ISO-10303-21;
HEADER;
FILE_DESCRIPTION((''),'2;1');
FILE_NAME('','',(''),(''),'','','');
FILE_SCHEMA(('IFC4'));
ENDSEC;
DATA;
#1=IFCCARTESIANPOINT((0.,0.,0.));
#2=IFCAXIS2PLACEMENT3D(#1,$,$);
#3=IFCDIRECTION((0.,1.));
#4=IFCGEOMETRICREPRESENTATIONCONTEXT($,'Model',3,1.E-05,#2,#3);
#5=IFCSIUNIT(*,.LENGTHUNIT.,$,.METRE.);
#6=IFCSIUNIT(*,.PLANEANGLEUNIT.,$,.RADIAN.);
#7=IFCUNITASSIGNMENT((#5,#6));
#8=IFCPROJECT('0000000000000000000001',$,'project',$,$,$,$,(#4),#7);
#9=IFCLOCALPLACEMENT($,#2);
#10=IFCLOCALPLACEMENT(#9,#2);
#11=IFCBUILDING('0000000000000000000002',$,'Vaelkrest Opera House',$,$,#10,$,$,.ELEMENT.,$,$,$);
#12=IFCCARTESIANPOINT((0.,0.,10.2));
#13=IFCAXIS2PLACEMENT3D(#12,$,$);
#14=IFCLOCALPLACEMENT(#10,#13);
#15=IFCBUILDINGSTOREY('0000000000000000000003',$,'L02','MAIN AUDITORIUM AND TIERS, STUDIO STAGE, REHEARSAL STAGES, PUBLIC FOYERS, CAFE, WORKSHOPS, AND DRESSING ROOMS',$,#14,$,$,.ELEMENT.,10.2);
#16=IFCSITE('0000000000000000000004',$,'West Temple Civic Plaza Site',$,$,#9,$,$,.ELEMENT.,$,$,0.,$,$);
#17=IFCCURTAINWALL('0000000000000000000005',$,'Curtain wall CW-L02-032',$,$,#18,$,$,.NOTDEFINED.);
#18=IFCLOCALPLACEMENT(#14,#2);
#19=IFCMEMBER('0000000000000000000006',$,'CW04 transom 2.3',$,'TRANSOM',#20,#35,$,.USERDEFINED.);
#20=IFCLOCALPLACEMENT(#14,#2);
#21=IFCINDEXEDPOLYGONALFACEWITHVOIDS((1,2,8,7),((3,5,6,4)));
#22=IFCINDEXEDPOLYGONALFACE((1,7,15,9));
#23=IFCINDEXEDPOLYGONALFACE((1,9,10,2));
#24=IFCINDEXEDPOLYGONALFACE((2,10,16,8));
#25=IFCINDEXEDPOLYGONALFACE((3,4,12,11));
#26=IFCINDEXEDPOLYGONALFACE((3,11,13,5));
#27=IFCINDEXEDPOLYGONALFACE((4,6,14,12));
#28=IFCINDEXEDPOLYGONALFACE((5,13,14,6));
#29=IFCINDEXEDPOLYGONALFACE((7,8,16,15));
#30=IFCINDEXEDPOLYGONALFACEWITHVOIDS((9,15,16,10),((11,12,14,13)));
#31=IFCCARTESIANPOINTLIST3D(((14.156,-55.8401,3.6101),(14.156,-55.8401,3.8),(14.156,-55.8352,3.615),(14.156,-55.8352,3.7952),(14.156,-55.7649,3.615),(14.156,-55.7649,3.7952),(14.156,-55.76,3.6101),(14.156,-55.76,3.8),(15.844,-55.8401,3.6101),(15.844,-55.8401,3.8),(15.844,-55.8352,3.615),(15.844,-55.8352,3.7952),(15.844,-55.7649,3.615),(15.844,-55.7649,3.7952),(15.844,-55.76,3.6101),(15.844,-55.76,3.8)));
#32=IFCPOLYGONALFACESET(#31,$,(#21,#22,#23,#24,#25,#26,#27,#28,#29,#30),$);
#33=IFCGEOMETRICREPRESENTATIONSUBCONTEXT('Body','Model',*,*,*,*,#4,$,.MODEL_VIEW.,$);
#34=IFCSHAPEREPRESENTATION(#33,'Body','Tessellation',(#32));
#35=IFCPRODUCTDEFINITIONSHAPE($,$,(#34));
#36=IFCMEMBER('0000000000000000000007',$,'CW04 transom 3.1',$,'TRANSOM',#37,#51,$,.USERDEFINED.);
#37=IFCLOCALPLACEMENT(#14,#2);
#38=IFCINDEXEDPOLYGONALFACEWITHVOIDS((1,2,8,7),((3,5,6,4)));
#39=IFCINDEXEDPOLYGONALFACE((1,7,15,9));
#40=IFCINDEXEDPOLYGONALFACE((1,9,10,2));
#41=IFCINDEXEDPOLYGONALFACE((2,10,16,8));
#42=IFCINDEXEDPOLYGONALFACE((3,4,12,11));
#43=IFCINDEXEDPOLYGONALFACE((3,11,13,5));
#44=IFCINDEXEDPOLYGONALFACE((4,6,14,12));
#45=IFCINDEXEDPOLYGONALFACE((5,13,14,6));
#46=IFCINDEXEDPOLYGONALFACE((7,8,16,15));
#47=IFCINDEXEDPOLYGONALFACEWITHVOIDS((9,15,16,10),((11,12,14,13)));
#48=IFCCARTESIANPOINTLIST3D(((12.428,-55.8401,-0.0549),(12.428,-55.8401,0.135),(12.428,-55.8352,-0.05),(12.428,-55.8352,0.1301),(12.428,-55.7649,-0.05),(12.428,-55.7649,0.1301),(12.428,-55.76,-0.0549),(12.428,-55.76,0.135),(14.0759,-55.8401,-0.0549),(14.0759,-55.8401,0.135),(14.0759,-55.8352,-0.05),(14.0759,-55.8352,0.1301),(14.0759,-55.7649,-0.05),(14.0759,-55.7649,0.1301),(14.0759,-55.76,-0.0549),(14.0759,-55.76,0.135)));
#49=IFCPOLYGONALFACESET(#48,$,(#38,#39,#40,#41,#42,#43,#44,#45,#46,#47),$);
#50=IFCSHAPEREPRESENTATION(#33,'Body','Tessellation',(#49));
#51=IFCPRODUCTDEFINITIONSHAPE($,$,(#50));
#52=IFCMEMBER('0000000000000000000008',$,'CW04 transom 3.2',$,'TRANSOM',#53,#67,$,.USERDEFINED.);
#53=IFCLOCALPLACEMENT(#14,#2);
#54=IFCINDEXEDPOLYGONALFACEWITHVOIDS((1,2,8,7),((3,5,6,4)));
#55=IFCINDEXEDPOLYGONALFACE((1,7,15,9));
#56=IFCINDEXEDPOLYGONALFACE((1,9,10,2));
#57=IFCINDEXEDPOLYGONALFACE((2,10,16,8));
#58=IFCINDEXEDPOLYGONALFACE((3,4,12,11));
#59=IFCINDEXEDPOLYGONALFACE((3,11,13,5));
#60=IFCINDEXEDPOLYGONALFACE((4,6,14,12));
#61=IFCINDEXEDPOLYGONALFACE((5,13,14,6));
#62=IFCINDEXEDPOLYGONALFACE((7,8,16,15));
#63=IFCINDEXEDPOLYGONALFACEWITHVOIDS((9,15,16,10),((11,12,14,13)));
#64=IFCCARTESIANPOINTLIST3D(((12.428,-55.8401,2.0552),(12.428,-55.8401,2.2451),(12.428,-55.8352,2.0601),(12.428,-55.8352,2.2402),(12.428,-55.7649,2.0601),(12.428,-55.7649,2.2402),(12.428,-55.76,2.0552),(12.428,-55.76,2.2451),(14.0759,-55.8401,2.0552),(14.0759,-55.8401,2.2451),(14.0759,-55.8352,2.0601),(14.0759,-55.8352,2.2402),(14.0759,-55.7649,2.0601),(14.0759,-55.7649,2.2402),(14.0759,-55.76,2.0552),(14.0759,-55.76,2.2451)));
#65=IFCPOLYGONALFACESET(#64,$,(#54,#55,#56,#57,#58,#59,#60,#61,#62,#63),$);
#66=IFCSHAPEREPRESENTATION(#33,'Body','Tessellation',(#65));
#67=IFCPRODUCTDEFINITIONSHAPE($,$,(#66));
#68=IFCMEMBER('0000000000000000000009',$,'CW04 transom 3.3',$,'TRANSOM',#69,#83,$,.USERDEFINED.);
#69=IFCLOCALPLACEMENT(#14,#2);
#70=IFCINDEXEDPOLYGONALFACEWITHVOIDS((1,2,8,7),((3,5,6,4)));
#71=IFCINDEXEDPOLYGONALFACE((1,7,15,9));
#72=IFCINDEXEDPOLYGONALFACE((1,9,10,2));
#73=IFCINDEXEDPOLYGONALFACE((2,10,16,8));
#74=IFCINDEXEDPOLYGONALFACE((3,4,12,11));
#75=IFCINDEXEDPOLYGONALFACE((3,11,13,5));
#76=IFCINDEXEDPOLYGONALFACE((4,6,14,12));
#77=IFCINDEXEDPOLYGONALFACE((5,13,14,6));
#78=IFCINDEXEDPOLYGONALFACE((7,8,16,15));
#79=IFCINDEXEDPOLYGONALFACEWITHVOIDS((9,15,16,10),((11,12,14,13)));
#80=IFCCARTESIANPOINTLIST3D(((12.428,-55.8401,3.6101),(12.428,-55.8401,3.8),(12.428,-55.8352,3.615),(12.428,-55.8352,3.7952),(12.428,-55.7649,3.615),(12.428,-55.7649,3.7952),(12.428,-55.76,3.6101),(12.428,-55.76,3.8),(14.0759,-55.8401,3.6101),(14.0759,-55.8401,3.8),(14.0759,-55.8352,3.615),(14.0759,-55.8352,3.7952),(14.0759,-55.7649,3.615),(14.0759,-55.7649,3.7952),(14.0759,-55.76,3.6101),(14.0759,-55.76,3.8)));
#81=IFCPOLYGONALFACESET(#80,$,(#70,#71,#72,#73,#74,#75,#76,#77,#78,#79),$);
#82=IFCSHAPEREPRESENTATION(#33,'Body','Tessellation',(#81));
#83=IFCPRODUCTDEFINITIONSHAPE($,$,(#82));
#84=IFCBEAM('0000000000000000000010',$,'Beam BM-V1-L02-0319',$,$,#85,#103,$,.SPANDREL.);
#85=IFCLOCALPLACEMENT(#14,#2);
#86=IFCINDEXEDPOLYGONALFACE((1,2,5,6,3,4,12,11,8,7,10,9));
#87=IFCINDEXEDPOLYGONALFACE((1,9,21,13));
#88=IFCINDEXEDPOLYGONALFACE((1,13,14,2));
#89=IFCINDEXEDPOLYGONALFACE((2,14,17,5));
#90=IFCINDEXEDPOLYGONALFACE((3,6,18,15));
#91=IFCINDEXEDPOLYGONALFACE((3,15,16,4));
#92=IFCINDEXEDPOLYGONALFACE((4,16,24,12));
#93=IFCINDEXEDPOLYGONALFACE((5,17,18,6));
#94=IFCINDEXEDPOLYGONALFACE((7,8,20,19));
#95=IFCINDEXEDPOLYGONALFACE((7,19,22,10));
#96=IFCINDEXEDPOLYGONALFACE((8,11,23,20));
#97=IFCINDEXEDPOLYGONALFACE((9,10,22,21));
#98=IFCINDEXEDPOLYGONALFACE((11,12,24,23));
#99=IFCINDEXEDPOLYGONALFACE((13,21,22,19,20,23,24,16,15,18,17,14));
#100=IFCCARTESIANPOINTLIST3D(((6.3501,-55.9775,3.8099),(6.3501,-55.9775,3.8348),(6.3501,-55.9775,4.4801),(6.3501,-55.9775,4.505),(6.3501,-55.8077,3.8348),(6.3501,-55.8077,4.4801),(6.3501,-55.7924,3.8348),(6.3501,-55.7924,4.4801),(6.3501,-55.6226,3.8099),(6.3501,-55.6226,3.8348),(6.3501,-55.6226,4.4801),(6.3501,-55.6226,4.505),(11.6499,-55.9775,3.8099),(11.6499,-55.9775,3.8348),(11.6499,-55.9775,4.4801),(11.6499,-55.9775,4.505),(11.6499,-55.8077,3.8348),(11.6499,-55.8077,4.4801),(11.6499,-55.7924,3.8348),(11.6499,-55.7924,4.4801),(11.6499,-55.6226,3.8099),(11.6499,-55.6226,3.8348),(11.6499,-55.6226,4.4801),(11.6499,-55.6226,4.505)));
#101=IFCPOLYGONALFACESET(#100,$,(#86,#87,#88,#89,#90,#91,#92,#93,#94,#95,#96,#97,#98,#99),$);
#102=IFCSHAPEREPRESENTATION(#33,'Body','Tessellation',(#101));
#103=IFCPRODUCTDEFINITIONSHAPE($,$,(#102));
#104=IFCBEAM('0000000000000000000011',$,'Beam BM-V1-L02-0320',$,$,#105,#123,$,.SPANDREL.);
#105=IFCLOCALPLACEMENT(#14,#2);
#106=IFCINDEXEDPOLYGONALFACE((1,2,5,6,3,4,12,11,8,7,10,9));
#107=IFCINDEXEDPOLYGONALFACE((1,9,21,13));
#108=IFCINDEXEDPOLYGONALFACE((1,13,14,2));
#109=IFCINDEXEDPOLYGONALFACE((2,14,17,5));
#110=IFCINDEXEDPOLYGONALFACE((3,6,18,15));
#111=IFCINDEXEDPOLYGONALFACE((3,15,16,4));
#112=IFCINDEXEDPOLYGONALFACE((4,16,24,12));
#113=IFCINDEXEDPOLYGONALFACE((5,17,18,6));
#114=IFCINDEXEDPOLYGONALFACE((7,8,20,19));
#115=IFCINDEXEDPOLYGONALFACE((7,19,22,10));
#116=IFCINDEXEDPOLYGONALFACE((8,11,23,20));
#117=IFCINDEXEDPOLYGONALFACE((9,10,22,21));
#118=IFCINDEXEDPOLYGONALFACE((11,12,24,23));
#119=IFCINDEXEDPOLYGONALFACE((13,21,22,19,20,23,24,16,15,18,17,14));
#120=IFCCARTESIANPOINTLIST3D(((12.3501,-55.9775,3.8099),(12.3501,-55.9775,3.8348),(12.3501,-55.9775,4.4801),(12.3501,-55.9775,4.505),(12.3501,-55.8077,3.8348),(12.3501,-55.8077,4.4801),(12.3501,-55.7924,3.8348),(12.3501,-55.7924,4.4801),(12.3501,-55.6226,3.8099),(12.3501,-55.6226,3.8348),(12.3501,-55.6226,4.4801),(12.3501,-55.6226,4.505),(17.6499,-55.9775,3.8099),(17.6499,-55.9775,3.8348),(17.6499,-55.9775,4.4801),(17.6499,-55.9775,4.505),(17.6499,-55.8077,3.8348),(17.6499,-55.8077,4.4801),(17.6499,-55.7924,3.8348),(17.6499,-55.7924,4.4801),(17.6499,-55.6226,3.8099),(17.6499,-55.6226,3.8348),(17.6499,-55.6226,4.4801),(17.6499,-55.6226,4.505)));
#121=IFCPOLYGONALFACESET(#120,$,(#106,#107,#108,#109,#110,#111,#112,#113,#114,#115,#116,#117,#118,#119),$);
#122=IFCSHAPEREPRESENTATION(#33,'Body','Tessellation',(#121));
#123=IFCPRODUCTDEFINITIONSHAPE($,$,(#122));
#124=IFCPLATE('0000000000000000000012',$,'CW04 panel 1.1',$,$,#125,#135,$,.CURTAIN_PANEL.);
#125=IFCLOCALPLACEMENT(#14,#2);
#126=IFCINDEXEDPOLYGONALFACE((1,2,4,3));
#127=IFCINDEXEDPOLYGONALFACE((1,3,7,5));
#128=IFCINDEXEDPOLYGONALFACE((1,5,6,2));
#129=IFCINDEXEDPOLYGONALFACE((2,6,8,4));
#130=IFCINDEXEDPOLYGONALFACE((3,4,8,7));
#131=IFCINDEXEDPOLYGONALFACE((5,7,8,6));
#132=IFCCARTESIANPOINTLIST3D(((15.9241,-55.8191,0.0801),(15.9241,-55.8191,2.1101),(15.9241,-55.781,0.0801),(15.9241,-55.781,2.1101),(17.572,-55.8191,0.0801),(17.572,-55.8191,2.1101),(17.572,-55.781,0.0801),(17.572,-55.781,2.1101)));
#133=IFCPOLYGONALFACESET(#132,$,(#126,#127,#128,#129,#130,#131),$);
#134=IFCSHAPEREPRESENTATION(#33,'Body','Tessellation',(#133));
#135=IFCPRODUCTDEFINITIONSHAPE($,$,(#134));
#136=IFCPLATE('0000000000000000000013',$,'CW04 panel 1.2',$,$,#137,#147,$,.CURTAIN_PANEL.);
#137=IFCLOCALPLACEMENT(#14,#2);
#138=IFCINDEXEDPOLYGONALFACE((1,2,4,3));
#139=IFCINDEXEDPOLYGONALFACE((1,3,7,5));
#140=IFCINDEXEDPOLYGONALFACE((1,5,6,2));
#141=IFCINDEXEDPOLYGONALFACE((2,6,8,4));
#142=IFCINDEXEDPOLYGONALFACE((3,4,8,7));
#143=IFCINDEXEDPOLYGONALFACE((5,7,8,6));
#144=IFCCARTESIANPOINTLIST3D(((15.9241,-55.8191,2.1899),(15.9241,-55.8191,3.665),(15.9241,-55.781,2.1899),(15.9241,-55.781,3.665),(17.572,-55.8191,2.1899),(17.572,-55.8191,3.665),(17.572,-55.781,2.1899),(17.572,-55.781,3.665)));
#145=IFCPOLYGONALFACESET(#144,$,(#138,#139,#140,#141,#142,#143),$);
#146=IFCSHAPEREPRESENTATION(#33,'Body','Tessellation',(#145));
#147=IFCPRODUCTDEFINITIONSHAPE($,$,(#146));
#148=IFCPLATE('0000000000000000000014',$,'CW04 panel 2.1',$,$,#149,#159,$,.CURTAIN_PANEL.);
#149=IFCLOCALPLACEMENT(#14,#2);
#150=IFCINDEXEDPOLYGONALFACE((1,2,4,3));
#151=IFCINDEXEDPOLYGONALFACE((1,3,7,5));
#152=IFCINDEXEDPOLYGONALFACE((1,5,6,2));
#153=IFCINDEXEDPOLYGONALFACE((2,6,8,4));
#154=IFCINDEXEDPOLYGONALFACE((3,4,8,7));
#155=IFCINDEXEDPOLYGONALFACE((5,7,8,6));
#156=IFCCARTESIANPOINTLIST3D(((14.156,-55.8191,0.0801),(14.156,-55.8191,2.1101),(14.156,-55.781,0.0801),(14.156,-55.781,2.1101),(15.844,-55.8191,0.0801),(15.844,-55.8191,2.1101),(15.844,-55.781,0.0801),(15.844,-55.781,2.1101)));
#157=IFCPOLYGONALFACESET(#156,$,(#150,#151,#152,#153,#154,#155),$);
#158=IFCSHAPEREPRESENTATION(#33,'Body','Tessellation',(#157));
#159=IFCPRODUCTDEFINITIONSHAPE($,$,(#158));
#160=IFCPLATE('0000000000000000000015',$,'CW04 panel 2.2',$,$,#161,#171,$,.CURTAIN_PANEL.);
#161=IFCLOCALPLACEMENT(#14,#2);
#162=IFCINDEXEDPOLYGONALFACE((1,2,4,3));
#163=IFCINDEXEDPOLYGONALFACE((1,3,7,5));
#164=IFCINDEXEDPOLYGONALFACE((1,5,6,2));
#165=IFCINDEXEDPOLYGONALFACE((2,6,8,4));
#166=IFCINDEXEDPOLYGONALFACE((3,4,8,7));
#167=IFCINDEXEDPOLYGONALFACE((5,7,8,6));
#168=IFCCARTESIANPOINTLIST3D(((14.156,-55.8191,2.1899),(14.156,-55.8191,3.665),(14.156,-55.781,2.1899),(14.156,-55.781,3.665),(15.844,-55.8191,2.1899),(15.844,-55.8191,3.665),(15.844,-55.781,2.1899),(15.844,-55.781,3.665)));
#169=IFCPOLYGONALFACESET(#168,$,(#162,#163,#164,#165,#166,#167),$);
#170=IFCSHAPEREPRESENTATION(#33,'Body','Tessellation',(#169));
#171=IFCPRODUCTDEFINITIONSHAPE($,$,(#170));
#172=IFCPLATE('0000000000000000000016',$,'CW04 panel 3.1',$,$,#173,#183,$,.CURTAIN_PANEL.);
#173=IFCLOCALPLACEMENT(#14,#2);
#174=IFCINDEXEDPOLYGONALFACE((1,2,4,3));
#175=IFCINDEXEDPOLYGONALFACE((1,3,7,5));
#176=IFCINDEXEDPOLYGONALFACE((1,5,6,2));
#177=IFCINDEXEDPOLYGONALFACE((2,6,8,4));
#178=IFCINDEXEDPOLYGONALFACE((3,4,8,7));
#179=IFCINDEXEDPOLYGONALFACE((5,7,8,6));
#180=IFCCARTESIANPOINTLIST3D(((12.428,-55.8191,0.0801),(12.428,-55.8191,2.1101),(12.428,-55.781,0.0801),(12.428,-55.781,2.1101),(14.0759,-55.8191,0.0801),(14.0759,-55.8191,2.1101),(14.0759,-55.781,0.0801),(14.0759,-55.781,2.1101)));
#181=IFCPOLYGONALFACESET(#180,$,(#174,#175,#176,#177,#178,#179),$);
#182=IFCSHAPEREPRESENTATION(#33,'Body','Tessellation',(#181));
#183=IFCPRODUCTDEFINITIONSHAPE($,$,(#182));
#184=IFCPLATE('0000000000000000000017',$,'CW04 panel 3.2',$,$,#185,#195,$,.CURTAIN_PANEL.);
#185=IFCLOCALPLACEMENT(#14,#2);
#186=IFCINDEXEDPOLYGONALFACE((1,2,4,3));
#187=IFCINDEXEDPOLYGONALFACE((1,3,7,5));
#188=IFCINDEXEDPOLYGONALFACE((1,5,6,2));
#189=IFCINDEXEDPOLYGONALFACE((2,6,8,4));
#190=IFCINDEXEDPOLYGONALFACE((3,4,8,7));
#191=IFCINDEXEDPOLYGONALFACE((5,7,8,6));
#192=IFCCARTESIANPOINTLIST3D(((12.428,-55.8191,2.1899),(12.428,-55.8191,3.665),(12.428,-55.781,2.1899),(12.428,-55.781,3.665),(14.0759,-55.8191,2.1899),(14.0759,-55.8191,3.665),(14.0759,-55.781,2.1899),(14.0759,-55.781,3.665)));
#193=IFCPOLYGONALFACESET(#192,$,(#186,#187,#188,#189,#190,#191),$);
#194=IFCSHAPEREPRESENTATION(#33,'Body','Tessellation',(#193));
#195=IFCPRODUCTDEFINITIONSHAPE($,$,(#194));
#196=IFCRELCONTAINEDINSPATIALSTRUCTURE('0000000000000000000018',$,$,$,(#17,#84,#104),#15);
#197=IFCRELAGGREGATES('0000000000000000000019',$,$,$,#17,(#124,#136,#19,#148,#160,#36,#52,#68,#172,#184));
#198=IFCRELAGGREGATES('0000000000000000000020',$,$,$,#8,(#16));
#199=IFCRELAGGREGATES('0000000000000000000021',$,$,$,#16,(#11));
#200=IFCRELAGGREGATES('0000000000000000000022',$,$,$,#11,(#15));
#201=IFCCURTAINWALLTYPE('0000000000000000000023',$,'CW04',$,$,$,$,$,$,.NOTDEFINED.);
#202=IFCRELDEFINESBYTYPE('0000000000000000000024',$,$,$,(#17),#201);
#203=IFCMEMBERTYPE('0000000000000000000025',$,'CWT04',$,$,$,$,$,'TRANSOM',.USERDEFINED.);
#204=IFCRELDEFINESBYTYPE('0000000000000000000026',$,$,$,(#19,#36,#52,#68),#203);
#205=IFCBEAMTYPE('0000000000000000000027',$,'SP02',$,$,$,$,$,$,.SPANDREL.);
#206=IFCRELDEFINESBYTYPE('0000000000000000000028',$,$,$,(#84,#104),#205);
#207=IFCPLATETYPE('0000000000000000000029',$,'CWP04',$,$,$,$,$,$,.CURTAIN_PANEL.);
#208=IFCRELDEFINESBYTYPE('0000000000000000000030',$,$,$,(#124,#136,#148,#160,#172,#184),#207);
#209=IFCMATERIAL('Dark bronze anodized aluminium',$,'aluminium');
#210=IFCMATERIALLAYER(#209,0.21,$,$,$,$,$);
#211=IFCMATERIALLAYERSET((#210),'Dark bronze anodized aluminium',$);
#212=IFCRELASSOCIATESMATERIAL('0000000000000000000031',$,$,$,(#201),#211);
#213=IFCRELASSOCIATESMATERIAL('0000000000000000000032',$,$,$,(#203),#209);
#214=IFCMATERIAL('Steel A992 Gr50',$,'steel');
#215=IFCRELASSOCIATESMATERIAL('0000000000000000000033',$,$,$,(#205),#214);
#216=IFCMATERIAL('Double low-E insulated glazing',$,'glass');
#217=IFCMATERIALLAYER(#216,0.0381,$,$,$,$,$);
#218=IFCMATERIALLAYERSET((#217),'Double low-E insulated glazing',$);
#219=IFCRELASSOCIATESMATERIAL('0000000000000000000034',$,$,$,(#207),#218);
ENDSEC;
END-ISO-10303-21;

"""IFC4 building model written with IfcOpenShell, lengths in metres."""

from ifc_helpers import new_model, si_unit, direction, frame, origin, origin_2d, place, context, subcontext, project, spatial, rectangle, hollow_rectangle, i_section, extrude, material, layer, layer_set, material_profile, profile_set, type_object, element, aggregate, save


model = new_model("IFC4")

# Units and contexts
model_context = context("Model", 3, precision=1e-05, world=origin(), true_north=direction((0.0, 1.0)))
body_context = subcontext(model_context, "Body", "Model", "MODEL_VIEW")
ifc_project = project(units=[si_unit("LENGTHUNIT", "METRE"), si_unit("PLANEANGLEUNIT", "RADIAN")], contexts=[model_context])

# Site, building, storey
site_placement = place(None, origin())
site = spatial("IfcSite", under=ifc_project, at=site_placement, Name="West Temple Civic Plaza Site", CompositionType="ELEMENT", RefElevation=0.0)
building_placement = place(site_placement, origin())
building = spatial("IfcBuilding", under=site, at=building_placement, Name="Vaelkrest Opera House", CompositionType="ELEMENT")
storey_placement = place(building_placement, frame((0.0, 0.0, 10.2)))
storey = spatial("IfcBuildingStorey", under=building, at=storey_placement, Name="L02", Description="MAIN AUDITORIUM AND TIERS, STUDIO STAGE, REHEARSAL STAGES, PUBLIC FOYERS, CAFE, WORKSHOPS, AND DRESSING ROOMS", CompositionType="ELEMENT", Elevation=10.2)

# Curtain wall, members
ifc_material_1 = material(Name="Dark bronze anodized aluminium", Category="aluminium")
ifc_layer_1 = layer(ifc_material_1, 0.21)
ifc_layer_set_1 = layer_set([ifc_layer_1], Name="Dark bronze anodized aluminium")
curtain_wall_type = type_object("IfcCurtainWallType", Name="CW04", PredefinedType="NOTDEFINED", material=ifc_layer_set_1)
curtain_wall_placement = place(storey_placement, origin())
curtain_wall = element("IfcCurtainWall", 1, at=curtain_wall_placement, inside=storey, type_object=curtain_wall_type, Name="Curtain wall CW-L02-032", PredefinedType="NOTDEFINED")
ifc_material_profile_1 = material_profile(ifc_material_1, hollow_rectangle(XDim=0.0801, YDim=0.1899, WallThickness=0.0049, at=origin_2d()), Name="CWT80X190")
ifc_profile_set_1 = profile_set([ifc_material_profile_1], Name="Dark bronze anodized aluminium")
member_type_1 = type_object("IfcMemberType", Name="CWT04", ElementType="TRANSOM", PredefinedType="USERDEFINED", material=ifc_profile_set_1)
member_1_placement = place(storey_placement, frame((15.844, -55.8, 3.7051), z_axis=(-1.0, 0.0, 0.0), x_axis=(0.0, -1.0, 0.0)))
member_1 = element("IfcMember", 2, at=member_1_placement, type_object=member_type_1, Name="CW04 transom 2.3", ObjectType="TRANSOM", PredefinedType="USERDEFINED", context=body_context, shape_type="SweptSolid", body=[
    extrude(hollow_rectangle(XDim=0.0801, YDim=0.1899, WallThickness=0.0049, at=origin_2d()), origin(), (0.0, 0.0, 1.0), 1.688),
])
member_2_placement = place(storey_placement, frame((14.0759, -55.8, 0.04), z_axis=(-1.0, 0.0, 0.0), x_axis=(0.0, -1.0, 0.0)))
member_2 = element("IfcMember", 3, at=member_2_placement, type_object=member_type_1, Name="CW04 transom 3.1", ObjectType="TRANSOM", PredefinedType="USERDEFINED", context=body_context, shape_type="SweptSolid", body=[
    extrude(hollow_rectangle(XDim=0.0801, YDim=0.1899, WallThickness=0.0049, at=origin_2d()), origin(), (0.0, 0.0, 1.0), 1.6479),
])
member_3_placement = place(storey_placement, frame((14.0759, -55.8, 2.1501), z_axis=(-1.0, 0.0, 0.0), x_axis=(0.0, -1.0, 0.0)))
member_3 = element("IfcMember", 4, at=member_3_placement, type_object=member_type_1, Name="CW04 transom 3.2", ObjectType="TRANSOM", PredefinedType="USERDEFINED", context=body_context, shape_type="SweptSolid", body=[
    extrude(hollow_rectangle(XDim=0.0801, YDim=0.1899, WallThickness=0.0049, at=origin_2d()), origin(), (0.0, 0.0, 1.0), 1.6479),
])
member_4_placement = place(storey_placement, frame((14.0759, -55.8, 3.7051), z_axis=(-1.0, 0.0, 0.0), x_axis=(0.0, -1.0, 0.0)))
member_4 = element("IfcMember", 5, at=member_4_placement, type_object=member_type_1, Name="CW04 transom 3.3", ObjectType="TRANSOM", PredefinedType="USERDEFINED", context=body_context, shape_type="SweptSolid", body=[
    extrude(hollow_rectangle(XDim=0.0801, YDim=0.1899, WallThickness=0.0049, at=origin_2d()), origin(), (0.0, 0.0, 1.0), 1.6479),
])

# Beams
ifc_material_2 = material(Name="Steel A992 Gr50", Category="steel")
ifc_material_profile_2 = material_profile(ifc_material_2, i_section(OverallWidth=0.355, OverallDepth=0.6951, WebThickness=0.0154, FlangeThickness=0.0249, at=origin_2d()), Name="W27X146")
ifc_profile_set_2 = profile_set([ifc_material_profile_2], Name="Steel A992 Gr50")
beam_type = type_object("IfcBeamType", Name="SP02", PredefinedType="SPANDREL", material=ifc_profile_set_2)
for number, where, z_axis, x_axis, name in (
    (6, (6.3501, -55.8, 4.1575), (1.0, 0.0, 0.0), (0.0, 1.0, 0.0), "Beam BM-V1-L02-0319"),
    (7, (12.3501, -55.8, 4.1575), (1.0, 0.0, 0.0), (0.0, 1.0, 0.0), "Beam BM-V1-L02-0320"),
):
    element("IfcBeam", number, at=place(storey_placement, frame(where, z_axis=z_axis, x_axis=x_axis)), inside=storey, type_object=beam_type, Name=name, PredefinedType="SPANDREL", context=body_context, shape_type="SweptSolid", body=[
        extrude(i_section(OverallWidth=0.355, OverallDepth=0.6951, WebThickness=0.0154, FlangeThickness=0.0249, at=origin_2d()), origin(), (0.0, 0.0, 1.0), 5.2998),
    ])

# Plates
ifc_material_3 = material(Name="Double low-E insulated glazing", Category="glass")
ifc_layer_2 = layer(ifc_material_3, 0.0381)
ifc_layer_set_2 = layer_set([ifc_layer_2], Name="Double low-E insulated glazing")
plate_type = type_object("IfcPlateType", Name="CWP04", PredefinedType="CURTAIN_PANEL", material=ifc_layer_set_2)
plate_1_placement = place(storey_placement, frame((16.748, -55.8, 0.0801), z_axis=(0.0, 0.0, 1.0), x_axis=(-1.0, 0.0, 0.0)))
plate_1 = element("IfcPlate", 8, at=plate_1_placement, type_object=plate_type, Name="CW04 panel 1.1", PredefinedType="CURTAIN_PANEL", context=body_context, shape_type="SweptSolid", body=[
    extrude(rectangle(XDim=1.6479, YDim=0.0381, at=origin_2d()), origin(), (0.0, 0.0, 1.0), 2.03),
])
plate_2_placement = place(storey_placement, frame((16.748, -55.8, 2.1899), z_axis=(0.0, 0.0, 1.0), x_axis=(-1.0, 0.0, 0.0)))
plate_2 = element("IfcPlate", 9, at=plate_2_placement, type_object=plate_type, Name="CW04 panel 1.2", PredefinedType="CURTAIN_PANEL", context=body_context, shape_type="SweptSolid", body=[
    extrude(rectangle(XDim=1.6479, YDim=0.0381, at=origin_2d()), origin(), (0.0, 0.0, 1.0), 1.4751),
])
plate_3_placement = place(storey_placement, frame((15.0, -55.8, 0.0801), z_axis=(0.0, 0.0, 1.0), x_axis=(-1.0, 0.0, 0.0)))
plate_3 = element("IfcPlate", 10, at=plate_3_placement, type_object=plate_type, Name="CW04 panel 2.1", PredefinedType="CURTAIN_PANEL", context=body_context, shape_type="SweptSolid", body=[
    extrude(rectangle(XDim=1.688, YDim=0.0381, at=origin_2d()), origin(), (0.0, 0.0, 1.0), 2.03),
])
plate_4_placement = place(storey_placement, frame((15.0, -55.8, 2.1899), z_axis=(0.0, 0.0, 1.0), x_axis=(-1.0, 0.0, 0.0)))
plate_4 = element("IfcPlate", 11, at=plate_4_placement, type_object=plate_type, Name="CW04 panel 2.2", PredefinedType="CURTAIN_PANEL", context=body_context, shape_type="SweptSolid", body=[
    extrude(rectangle(XDim=1.688, YDim=0.0381, at=origin_2d()), origin(), (0.0, 0.0, 1.0), 1.4751),
])
plate_5_placement = place(storey_placement, frame((13.252, -55.8, 0.0801), z_axis=(0.0, 0.0, 1.0), x_axis=(-1.0, 0.0, 0.0)))
plate_5 = element("IfcPlate", 12, at=plate_5_placement, type_object=plate_type, Name="CW04 panel 3.1", PredefinedType="CURTAIN_PANEL", context=body_context, shape_type="SweptSolid", body=[
    extrude(rectangle(XDim=1.6479, YDim=0.0381, at=origin_2d()), origin(), (0.0, 0.0, 1.0), 2.03),
])
plate_6_placement = place(storey_placement, frame((13.252, -55.8, 2.1899), z_axis=(0.0, 0.0, 1.0), x_axis=(-1.0, 0.0, 0.0)))
plate_6 = element("IfcPlate", 13, at=plate_6_placement, type_object=plate_type, Name="CW04 panel 3.2", PredefinedType="CURTAIN_PANEL", context=body_context, shape_type="SweptSolid", body=[
    extrude(rectangle(XDim=1.6479, YDim=0.0381, at=origin_2d()), origin(), (0.0, 0.0, 1.0), 1.4751),
])
aggregate(curtain_wall, [plate_1, plate_2, member_1, plate_3, plate_4, member_2, member_3, member_4, plate_5, plate_6])

save(model, "model.ifc")
